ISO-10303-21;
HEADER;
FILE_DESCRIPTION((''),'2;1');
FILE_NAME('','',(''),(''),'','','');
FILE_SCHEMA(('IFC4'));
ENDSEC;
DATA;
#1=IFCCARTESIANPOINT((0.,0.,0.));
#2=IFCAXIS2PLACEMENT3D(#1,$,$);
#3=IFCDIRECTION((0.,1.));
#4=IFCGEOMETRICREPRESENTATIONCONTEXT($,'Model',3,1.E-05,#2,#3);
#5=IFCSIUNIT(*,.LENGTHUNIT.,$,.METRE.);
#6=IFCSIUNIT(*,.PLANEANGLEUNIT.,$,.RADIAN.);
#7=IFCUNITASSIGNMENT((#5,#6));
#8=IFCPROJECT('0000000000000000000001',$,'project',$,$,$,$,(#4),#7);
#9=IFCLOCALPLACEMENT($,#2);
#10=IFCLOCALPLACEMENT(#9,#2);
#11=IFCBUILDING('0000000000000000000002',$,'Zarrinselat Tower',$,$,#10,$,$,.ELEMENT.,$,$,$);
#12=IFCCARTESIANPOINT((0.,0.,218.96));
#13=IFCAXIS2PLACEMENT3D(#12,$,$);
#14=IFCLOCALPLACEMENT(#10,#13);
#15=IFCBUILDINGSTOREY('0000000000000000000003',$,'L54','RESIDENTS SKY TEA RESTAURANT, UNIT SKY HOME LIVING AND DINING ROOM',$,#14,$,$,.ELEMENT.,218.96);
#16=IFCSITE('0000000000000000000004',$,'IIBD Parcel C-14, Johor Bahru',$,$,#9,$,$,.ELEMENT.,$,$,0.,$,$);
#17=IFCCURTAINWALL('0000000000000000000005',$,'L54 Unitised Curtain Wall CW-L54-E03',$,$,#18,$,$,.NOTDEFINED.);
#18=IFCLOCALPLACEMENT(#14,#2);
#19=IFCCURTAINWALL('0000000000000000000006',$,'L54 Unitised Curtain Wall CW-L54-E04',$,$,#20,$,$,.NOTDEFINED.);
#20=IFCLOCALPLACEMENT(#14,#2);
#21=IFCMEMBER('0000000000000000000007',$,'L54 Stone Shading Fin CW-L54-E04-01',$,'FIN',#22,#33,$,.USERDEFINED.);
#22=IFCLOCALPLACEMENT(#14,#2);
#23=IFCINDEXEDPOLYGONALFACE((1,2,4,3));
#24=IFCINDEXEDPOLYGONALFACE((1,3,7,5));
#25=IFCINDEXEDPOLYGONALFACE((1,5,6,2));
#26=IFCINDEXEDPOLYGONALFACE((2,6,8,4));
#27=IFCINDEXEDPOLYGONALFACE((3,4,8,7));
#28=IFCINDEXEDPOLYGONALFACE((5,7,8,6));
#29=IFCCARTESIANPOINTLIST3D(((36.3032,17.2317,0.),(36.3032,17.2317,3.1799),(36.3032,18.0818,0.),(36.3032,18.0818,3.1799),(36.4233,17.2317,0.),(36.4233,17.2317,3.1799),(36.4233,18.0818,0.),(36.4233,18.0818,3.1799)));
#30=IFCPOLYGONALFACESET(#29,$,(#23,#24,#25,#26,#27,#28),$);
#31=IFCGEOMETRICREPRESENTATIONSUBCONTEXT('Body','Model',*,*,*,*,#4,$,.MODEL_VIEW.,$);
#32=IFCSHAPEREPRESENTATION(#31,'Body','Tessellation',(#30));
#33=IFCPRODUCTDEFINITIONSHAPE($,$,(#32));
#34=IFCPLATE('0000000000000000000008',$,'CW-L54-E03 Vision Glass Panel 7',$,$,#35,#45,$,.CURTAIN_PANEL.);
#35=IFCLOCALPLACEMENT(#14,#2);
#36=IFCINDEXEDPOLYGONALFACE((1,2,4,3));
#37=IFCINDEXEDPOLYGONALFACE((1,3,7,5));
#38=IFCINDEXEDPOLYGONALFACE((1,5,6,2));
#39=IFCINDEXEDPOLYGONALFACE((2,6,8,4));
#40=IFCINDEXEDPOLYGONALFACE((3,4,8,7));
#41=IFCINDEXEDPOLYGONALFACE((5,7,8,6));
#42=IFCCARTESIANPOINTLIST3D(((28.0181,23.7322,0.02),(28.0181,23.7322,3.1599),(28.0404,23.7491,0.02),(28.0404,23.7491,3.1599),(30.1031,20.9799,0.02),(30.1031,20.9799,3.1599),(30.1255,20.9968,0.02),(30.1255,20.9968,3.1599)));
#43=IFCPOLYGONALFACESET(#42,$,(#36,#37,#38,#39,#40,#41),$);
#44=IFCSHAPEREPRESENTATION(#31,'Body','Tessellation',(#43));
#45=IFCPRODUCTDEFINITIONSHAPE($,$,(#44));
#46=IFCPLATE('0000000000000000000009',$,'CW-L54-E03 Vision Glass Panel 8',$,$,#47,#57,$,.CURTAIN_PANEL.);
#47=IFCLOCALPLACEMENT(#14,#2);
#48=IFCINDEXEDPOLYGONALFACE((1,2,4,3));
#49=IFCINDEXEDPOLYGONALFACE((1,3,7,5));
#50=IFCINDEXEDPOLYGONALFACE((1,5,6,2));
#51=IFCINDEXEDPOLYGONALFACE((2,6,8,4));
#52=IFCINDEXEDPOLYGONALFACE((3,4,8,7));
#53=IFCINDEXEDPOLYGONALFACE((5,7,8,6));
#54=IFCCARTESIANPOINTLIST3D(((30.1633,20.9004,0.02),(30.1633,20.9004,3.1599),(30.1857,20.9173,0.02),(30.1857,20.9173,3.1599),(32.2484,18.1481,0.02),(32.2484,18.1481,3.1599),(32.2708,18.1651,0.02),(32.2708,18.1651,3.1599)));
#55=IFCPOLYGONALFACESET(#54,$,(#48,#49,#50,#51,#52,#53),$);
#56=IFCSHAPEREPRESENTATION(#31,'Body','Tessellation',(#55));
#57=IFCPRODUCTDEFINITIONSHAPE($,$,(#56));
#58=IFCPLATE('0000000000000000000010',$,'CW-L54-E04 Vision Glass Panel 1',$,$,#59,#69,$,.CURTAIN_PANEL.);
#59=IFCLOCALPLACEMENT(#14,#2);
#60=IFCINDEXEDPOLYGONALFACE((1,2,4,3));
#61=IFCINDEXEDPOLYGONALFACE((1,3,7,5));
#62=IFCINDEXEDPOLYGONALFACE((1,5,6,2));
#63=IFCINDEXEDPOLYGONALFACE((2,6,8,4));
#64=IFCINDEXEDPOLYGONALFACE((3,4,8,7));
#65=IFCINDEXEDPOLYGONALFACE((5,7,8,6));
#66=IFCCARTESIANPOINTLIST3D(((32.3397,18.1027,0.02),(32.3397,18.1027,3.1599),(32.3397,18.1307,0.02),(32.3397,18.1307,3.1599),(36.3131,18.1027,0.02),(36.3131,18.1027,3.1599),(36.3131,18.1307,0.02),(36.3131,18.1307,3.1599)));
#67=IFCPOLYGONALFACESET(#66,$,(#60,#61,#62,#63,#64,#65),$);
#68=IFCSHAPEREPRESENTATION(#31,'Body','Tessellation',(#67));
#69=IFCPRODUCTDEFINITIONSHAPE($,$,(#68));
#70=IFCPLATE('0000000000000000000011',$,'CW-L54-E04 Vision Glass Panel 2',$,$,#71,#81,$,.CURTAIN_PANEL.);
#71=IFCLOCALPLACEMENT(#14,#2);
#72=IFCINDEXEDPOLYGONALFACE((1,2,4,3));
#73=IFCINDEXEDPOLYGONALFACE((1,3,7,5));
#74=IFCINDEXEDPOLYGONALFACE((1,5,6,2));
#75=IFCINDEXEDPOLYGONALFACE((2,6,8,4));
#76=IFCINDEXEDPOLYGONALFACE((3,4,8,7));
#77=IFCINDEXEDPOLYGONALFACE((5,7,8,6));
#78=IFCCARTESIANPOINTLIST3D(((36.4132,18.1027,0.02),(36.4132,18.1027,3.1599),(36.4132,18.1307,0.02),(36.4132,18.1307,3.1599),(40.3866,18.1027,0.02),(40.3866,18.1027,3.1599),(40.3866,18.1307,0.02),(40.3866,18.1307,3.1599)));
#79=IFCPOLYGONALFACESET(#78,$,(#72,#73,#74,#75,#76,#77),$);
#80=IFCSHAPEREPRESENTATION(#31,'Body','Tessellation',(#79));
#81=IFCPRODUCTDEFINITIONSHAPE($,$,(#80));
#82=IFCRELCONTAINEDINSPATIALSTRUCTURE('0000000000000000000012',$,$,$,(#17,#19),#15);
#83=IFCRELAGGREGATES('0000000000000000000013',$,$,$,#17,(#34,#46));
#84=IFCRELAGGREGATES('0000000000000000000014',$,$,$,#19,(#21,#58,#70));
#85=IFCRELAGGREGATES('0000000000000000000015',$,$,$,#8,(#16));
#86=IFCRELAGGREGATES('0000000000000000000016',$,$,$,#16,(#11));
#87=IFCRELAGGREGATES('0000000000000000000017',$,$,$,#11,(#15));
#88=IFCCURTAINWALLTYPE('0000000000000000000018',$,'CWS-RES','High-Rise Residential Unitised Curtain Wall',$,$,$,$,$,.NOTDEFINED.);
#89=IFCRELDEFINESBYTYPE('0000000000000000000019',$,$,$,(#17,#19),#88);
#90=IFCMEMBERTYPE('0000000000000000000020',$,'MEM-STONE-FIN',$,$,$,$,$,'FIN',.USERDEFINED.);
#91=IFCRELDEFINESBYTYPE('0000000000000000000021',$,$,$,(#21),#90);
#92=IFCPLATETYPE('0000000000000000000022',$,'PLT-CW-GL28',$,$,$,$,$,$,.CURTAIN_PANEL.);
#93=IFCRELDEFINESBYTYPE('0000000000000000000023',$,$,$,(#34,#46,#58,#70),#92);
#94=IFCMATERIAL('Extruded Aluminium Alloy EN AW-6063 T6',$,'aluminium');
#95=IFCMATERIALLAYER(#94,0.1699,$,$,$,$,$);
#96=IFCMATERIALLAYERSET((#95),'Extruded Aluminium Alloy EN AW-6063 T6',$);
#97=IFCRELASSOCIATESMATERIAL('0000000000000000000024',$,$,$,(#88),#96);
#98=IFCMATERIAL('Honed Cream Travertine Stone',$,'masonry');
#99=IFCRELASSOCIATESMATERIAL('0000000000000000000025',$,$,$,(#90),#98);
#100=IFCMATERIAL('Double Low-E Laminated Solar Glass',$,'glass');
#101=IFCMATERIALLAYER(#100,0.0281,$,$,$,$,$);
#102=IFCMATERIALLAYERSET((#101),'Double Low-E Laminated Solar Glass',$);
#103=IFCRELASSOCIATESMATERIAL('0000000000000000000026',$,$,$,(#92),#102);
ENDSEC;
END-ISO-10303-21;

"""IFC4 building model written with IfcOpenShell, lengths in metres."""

from ifc_helpers import new_model, si_unit, direction, frame, origin, origin_2d, place, context, subcontext, project, spatial, rectangle, extrude, material, layer, layer_set, material_profile, profile_set, type_object, element, aggregate, save


model = new_model("IFC4")

# Units and contexts
model_context = context("Model", 3, precision=1e-05, world=origin(), true_north=direction((0.0, 1.0)))
body_context = subcontext(model_context, "Body", "Model", "MODEL_VIEW")
ifc_project = project(units=[si_unit("LENGTHUNIT", "METRE"), si_unit("PLANEANGLEUNIT", "RADIAN")], contexts=[model_context])

# Site, building, storey
site_placement = place(None, origin())
site = spatial("IfcSite", under=ifc_project, at=site_placement, Name="IIBD Parcel C-14, Johor Bahru", CompositionType="ELEMENT", RefElevation=0.0)
building_placement = place(site_placement, origin())
building = spatial("IfcBuilding", under=site, at=building_placement, Name="Zarrinselat Tower", CompositionType="ELEMENT")
storey_placement = place(building_placement, frame((0.0, 0.0, 218.96)))
storey = spatial("IfcBuildingStorey", under=building, at=storey_placement, Name="L54", Description="RESIDENTS SKY TEA RESTAURANT, UNIT SKY HOME LIVING AND DINING ROOM", CompositionType="ELEMENT", Elevation=218.96)

# Curtain walls
ifc_material_1 = material(Name="Extruded Aluminium Alloy EN AW-6063 T6", Category="aluminium")
ifc_layer_1 = layer(ifc_material_1, 0.1699)
ifc_layer_set_1 = layer_set([ifc_layer_1], Name="Extruded Aluminium Alloy EN AW-6063 T6")
curtain_wall_type = type_object("IfcCurtainWallType", Name="CWS-RES", Description="High-Rise Residential Unitised Curtain Wall", PredefinedType="NOTDEFINED", material=ifc_layer_set_1)
curtain_wall_1_placement = place(storey_placement, origin())
curtain_wall_1 = element("IfcCurtainWall", 1, at=curtain_wall_1_placement, inside=storey, type_object=curtain_wall_type, Name="L54 Unitised Curtain Wall CW-L54-E03", PredefinedType="NOTDEFINED")
curtain_wall_2_placement = place(storey_placement, origin())
curtain_wall_2 = element("IfcCurtainWall", 2, at=curtain_wall_2_placement, inside=storey, type_object=curtain_wall_type, Name="L54 Unitised Curtain Wall CW-L54-E04", PredefinedType="NOTDEFINED")

# Member
ifc_material_2 = material(Name="Honed Cream Travertine Stone", Category="masonry")
ifc_material_profile_1 = material_profile(ifc_material_2, rectangle(XDim=0.1201, YDim=0.8501, at=origin_2d()), Name="FIN 850x120")
ifc_profile_set_1 = profile_set([ifc_material_profile_1], Name="Honed Cream Travertine Stone")
member_type_1 = type_object("IfcMemberType", Name="MEM-STONE-FIN", ElementType="FIN", PredefinedType="USERDEFINED", material=ifc_profile_set_1)
member_1_placement = place(storey_placement, frame((36.3633, 17.6567, 0.0), z_axis=(0.0, 0.0, 1.0), x_axis=(-1.0, 0.0, 0.0)))
member_1 = element("IfcMember", 3, at=member_1_placement, type_object=member_type_1, Name="L54 Stone Shading Fin CW-L54-E04-01", ObjectType="FIN", PredefinedType="USERDEFINED", context=body_context, shape_type="SweptSolid", body=[
    extrude(rectangle(XDim=0.1201, YDim=0.8501, at=origin_2d()), origin(), (0.0, 0.0, 1.0), 3.1799),
])

# Plates
ifc_material_3 = material(Name="Double Low-E Laminated Solar Glass", Category="glass")
ifc_layer_2 = layer(ifc_material_3, 0.0281)
ifc_layer_set_2 = layer_set([ifc_layer_2], Name="Double Low-E Laminated Solar Glass")
plate_type = type_object("IfcPlateType", Name="PLT-CW-GL28", PredefinedType="CURTAIN_PANEL", material=ifc_layer_set_2)
plate_1_placement = place(storey_placement, frame((29.0718, 22.3645, 0.02), z_axis=(0.0, 0.0, 1.0), x_axis=(0.60386, -0.797091, 0.0)))
plate_1 = element("IfcPlate", 4, at=plate_1_placement, type_object=plate_type, Name="CW-L54-E03 Vision Glass Panel 7", PredefinedType="CURTAIN_PANEL", context=body_context, shape_type="SweptSolid", body=[
    extrude(rectangle(XDim=3.4529, YDim=0.0281, at=origin_2d()), origin(), (0.0, 0.0, 1.0), 3.1399),
])
plate_2_placement = place(storey_placement, frame((31.217, 19.5327, 0.02), z_axis=(0.0, 0.0, 1.0), x_axis=(0.60386, -0.797091, 0.0)))
plate_2 = element("IfcPlate", 5, at=plate_2_placement, type_object=plate_type, Name="CW-L54-E03 Vision Glass Panel 8", PredefinedType="CURTAIN_PANEL", context=body_context, shape_type="SweptSolid", body=[
    extrude(rectangle(XDim=3.4529, YDim=0.0281, at=origin_2d()), origin(), (0.0, 0.0, 1.0), 3.1399),
])
aggregate(curtain_wall_1, [plate_1, plate_2])
plate_3_placement = place(storey_placement, frame((34.3264, 18.1167, 0.02), z_axis=(0.0, 0.0, 1.0), x_axis=(1.0, 0.0, 0.0)))
plate_3 = element("IfcPlate", 6, at=plate_3_placement, type_object=plate_type, Name="CW-L54-E04 Vision Glass Panel 1", PredefinedType="CURTAIN_PANEL", context=body_context, shape_type="SweptSolid", body=[
    extrude(rectangle(XDim=3.9734, YDim=0.0281, at=origin_2d()), origin(), (0.0, 0.0, 1.0), 3.1399),
])
plate_4_placement = place(storey_placement, frame((38.3999, 18.1167, 0.02), z_axis=(0.0, 0.0, 1.0), x_axis=(1.0, 0.0, 0.0)))
plate_4 = element("IfcPlate", 7, at=plate_4_placement, type_object=plate_type, Name="CW-L54-E04 Vision Glass Panel 2", PredefinedType="CURTAIN_PANEL", context=body_context, shape_type="SweptSolid", body=[
    extrude(rectangle(XDim=3.9734, YDim=0.0281, at=origin_2d()), origin(), (0.0, 0.0, 1.0), 3.1399),
])
aggregate(curtain_wall_2, [member_1, plate_3, plate_4])

save(model, "model.ifc")
